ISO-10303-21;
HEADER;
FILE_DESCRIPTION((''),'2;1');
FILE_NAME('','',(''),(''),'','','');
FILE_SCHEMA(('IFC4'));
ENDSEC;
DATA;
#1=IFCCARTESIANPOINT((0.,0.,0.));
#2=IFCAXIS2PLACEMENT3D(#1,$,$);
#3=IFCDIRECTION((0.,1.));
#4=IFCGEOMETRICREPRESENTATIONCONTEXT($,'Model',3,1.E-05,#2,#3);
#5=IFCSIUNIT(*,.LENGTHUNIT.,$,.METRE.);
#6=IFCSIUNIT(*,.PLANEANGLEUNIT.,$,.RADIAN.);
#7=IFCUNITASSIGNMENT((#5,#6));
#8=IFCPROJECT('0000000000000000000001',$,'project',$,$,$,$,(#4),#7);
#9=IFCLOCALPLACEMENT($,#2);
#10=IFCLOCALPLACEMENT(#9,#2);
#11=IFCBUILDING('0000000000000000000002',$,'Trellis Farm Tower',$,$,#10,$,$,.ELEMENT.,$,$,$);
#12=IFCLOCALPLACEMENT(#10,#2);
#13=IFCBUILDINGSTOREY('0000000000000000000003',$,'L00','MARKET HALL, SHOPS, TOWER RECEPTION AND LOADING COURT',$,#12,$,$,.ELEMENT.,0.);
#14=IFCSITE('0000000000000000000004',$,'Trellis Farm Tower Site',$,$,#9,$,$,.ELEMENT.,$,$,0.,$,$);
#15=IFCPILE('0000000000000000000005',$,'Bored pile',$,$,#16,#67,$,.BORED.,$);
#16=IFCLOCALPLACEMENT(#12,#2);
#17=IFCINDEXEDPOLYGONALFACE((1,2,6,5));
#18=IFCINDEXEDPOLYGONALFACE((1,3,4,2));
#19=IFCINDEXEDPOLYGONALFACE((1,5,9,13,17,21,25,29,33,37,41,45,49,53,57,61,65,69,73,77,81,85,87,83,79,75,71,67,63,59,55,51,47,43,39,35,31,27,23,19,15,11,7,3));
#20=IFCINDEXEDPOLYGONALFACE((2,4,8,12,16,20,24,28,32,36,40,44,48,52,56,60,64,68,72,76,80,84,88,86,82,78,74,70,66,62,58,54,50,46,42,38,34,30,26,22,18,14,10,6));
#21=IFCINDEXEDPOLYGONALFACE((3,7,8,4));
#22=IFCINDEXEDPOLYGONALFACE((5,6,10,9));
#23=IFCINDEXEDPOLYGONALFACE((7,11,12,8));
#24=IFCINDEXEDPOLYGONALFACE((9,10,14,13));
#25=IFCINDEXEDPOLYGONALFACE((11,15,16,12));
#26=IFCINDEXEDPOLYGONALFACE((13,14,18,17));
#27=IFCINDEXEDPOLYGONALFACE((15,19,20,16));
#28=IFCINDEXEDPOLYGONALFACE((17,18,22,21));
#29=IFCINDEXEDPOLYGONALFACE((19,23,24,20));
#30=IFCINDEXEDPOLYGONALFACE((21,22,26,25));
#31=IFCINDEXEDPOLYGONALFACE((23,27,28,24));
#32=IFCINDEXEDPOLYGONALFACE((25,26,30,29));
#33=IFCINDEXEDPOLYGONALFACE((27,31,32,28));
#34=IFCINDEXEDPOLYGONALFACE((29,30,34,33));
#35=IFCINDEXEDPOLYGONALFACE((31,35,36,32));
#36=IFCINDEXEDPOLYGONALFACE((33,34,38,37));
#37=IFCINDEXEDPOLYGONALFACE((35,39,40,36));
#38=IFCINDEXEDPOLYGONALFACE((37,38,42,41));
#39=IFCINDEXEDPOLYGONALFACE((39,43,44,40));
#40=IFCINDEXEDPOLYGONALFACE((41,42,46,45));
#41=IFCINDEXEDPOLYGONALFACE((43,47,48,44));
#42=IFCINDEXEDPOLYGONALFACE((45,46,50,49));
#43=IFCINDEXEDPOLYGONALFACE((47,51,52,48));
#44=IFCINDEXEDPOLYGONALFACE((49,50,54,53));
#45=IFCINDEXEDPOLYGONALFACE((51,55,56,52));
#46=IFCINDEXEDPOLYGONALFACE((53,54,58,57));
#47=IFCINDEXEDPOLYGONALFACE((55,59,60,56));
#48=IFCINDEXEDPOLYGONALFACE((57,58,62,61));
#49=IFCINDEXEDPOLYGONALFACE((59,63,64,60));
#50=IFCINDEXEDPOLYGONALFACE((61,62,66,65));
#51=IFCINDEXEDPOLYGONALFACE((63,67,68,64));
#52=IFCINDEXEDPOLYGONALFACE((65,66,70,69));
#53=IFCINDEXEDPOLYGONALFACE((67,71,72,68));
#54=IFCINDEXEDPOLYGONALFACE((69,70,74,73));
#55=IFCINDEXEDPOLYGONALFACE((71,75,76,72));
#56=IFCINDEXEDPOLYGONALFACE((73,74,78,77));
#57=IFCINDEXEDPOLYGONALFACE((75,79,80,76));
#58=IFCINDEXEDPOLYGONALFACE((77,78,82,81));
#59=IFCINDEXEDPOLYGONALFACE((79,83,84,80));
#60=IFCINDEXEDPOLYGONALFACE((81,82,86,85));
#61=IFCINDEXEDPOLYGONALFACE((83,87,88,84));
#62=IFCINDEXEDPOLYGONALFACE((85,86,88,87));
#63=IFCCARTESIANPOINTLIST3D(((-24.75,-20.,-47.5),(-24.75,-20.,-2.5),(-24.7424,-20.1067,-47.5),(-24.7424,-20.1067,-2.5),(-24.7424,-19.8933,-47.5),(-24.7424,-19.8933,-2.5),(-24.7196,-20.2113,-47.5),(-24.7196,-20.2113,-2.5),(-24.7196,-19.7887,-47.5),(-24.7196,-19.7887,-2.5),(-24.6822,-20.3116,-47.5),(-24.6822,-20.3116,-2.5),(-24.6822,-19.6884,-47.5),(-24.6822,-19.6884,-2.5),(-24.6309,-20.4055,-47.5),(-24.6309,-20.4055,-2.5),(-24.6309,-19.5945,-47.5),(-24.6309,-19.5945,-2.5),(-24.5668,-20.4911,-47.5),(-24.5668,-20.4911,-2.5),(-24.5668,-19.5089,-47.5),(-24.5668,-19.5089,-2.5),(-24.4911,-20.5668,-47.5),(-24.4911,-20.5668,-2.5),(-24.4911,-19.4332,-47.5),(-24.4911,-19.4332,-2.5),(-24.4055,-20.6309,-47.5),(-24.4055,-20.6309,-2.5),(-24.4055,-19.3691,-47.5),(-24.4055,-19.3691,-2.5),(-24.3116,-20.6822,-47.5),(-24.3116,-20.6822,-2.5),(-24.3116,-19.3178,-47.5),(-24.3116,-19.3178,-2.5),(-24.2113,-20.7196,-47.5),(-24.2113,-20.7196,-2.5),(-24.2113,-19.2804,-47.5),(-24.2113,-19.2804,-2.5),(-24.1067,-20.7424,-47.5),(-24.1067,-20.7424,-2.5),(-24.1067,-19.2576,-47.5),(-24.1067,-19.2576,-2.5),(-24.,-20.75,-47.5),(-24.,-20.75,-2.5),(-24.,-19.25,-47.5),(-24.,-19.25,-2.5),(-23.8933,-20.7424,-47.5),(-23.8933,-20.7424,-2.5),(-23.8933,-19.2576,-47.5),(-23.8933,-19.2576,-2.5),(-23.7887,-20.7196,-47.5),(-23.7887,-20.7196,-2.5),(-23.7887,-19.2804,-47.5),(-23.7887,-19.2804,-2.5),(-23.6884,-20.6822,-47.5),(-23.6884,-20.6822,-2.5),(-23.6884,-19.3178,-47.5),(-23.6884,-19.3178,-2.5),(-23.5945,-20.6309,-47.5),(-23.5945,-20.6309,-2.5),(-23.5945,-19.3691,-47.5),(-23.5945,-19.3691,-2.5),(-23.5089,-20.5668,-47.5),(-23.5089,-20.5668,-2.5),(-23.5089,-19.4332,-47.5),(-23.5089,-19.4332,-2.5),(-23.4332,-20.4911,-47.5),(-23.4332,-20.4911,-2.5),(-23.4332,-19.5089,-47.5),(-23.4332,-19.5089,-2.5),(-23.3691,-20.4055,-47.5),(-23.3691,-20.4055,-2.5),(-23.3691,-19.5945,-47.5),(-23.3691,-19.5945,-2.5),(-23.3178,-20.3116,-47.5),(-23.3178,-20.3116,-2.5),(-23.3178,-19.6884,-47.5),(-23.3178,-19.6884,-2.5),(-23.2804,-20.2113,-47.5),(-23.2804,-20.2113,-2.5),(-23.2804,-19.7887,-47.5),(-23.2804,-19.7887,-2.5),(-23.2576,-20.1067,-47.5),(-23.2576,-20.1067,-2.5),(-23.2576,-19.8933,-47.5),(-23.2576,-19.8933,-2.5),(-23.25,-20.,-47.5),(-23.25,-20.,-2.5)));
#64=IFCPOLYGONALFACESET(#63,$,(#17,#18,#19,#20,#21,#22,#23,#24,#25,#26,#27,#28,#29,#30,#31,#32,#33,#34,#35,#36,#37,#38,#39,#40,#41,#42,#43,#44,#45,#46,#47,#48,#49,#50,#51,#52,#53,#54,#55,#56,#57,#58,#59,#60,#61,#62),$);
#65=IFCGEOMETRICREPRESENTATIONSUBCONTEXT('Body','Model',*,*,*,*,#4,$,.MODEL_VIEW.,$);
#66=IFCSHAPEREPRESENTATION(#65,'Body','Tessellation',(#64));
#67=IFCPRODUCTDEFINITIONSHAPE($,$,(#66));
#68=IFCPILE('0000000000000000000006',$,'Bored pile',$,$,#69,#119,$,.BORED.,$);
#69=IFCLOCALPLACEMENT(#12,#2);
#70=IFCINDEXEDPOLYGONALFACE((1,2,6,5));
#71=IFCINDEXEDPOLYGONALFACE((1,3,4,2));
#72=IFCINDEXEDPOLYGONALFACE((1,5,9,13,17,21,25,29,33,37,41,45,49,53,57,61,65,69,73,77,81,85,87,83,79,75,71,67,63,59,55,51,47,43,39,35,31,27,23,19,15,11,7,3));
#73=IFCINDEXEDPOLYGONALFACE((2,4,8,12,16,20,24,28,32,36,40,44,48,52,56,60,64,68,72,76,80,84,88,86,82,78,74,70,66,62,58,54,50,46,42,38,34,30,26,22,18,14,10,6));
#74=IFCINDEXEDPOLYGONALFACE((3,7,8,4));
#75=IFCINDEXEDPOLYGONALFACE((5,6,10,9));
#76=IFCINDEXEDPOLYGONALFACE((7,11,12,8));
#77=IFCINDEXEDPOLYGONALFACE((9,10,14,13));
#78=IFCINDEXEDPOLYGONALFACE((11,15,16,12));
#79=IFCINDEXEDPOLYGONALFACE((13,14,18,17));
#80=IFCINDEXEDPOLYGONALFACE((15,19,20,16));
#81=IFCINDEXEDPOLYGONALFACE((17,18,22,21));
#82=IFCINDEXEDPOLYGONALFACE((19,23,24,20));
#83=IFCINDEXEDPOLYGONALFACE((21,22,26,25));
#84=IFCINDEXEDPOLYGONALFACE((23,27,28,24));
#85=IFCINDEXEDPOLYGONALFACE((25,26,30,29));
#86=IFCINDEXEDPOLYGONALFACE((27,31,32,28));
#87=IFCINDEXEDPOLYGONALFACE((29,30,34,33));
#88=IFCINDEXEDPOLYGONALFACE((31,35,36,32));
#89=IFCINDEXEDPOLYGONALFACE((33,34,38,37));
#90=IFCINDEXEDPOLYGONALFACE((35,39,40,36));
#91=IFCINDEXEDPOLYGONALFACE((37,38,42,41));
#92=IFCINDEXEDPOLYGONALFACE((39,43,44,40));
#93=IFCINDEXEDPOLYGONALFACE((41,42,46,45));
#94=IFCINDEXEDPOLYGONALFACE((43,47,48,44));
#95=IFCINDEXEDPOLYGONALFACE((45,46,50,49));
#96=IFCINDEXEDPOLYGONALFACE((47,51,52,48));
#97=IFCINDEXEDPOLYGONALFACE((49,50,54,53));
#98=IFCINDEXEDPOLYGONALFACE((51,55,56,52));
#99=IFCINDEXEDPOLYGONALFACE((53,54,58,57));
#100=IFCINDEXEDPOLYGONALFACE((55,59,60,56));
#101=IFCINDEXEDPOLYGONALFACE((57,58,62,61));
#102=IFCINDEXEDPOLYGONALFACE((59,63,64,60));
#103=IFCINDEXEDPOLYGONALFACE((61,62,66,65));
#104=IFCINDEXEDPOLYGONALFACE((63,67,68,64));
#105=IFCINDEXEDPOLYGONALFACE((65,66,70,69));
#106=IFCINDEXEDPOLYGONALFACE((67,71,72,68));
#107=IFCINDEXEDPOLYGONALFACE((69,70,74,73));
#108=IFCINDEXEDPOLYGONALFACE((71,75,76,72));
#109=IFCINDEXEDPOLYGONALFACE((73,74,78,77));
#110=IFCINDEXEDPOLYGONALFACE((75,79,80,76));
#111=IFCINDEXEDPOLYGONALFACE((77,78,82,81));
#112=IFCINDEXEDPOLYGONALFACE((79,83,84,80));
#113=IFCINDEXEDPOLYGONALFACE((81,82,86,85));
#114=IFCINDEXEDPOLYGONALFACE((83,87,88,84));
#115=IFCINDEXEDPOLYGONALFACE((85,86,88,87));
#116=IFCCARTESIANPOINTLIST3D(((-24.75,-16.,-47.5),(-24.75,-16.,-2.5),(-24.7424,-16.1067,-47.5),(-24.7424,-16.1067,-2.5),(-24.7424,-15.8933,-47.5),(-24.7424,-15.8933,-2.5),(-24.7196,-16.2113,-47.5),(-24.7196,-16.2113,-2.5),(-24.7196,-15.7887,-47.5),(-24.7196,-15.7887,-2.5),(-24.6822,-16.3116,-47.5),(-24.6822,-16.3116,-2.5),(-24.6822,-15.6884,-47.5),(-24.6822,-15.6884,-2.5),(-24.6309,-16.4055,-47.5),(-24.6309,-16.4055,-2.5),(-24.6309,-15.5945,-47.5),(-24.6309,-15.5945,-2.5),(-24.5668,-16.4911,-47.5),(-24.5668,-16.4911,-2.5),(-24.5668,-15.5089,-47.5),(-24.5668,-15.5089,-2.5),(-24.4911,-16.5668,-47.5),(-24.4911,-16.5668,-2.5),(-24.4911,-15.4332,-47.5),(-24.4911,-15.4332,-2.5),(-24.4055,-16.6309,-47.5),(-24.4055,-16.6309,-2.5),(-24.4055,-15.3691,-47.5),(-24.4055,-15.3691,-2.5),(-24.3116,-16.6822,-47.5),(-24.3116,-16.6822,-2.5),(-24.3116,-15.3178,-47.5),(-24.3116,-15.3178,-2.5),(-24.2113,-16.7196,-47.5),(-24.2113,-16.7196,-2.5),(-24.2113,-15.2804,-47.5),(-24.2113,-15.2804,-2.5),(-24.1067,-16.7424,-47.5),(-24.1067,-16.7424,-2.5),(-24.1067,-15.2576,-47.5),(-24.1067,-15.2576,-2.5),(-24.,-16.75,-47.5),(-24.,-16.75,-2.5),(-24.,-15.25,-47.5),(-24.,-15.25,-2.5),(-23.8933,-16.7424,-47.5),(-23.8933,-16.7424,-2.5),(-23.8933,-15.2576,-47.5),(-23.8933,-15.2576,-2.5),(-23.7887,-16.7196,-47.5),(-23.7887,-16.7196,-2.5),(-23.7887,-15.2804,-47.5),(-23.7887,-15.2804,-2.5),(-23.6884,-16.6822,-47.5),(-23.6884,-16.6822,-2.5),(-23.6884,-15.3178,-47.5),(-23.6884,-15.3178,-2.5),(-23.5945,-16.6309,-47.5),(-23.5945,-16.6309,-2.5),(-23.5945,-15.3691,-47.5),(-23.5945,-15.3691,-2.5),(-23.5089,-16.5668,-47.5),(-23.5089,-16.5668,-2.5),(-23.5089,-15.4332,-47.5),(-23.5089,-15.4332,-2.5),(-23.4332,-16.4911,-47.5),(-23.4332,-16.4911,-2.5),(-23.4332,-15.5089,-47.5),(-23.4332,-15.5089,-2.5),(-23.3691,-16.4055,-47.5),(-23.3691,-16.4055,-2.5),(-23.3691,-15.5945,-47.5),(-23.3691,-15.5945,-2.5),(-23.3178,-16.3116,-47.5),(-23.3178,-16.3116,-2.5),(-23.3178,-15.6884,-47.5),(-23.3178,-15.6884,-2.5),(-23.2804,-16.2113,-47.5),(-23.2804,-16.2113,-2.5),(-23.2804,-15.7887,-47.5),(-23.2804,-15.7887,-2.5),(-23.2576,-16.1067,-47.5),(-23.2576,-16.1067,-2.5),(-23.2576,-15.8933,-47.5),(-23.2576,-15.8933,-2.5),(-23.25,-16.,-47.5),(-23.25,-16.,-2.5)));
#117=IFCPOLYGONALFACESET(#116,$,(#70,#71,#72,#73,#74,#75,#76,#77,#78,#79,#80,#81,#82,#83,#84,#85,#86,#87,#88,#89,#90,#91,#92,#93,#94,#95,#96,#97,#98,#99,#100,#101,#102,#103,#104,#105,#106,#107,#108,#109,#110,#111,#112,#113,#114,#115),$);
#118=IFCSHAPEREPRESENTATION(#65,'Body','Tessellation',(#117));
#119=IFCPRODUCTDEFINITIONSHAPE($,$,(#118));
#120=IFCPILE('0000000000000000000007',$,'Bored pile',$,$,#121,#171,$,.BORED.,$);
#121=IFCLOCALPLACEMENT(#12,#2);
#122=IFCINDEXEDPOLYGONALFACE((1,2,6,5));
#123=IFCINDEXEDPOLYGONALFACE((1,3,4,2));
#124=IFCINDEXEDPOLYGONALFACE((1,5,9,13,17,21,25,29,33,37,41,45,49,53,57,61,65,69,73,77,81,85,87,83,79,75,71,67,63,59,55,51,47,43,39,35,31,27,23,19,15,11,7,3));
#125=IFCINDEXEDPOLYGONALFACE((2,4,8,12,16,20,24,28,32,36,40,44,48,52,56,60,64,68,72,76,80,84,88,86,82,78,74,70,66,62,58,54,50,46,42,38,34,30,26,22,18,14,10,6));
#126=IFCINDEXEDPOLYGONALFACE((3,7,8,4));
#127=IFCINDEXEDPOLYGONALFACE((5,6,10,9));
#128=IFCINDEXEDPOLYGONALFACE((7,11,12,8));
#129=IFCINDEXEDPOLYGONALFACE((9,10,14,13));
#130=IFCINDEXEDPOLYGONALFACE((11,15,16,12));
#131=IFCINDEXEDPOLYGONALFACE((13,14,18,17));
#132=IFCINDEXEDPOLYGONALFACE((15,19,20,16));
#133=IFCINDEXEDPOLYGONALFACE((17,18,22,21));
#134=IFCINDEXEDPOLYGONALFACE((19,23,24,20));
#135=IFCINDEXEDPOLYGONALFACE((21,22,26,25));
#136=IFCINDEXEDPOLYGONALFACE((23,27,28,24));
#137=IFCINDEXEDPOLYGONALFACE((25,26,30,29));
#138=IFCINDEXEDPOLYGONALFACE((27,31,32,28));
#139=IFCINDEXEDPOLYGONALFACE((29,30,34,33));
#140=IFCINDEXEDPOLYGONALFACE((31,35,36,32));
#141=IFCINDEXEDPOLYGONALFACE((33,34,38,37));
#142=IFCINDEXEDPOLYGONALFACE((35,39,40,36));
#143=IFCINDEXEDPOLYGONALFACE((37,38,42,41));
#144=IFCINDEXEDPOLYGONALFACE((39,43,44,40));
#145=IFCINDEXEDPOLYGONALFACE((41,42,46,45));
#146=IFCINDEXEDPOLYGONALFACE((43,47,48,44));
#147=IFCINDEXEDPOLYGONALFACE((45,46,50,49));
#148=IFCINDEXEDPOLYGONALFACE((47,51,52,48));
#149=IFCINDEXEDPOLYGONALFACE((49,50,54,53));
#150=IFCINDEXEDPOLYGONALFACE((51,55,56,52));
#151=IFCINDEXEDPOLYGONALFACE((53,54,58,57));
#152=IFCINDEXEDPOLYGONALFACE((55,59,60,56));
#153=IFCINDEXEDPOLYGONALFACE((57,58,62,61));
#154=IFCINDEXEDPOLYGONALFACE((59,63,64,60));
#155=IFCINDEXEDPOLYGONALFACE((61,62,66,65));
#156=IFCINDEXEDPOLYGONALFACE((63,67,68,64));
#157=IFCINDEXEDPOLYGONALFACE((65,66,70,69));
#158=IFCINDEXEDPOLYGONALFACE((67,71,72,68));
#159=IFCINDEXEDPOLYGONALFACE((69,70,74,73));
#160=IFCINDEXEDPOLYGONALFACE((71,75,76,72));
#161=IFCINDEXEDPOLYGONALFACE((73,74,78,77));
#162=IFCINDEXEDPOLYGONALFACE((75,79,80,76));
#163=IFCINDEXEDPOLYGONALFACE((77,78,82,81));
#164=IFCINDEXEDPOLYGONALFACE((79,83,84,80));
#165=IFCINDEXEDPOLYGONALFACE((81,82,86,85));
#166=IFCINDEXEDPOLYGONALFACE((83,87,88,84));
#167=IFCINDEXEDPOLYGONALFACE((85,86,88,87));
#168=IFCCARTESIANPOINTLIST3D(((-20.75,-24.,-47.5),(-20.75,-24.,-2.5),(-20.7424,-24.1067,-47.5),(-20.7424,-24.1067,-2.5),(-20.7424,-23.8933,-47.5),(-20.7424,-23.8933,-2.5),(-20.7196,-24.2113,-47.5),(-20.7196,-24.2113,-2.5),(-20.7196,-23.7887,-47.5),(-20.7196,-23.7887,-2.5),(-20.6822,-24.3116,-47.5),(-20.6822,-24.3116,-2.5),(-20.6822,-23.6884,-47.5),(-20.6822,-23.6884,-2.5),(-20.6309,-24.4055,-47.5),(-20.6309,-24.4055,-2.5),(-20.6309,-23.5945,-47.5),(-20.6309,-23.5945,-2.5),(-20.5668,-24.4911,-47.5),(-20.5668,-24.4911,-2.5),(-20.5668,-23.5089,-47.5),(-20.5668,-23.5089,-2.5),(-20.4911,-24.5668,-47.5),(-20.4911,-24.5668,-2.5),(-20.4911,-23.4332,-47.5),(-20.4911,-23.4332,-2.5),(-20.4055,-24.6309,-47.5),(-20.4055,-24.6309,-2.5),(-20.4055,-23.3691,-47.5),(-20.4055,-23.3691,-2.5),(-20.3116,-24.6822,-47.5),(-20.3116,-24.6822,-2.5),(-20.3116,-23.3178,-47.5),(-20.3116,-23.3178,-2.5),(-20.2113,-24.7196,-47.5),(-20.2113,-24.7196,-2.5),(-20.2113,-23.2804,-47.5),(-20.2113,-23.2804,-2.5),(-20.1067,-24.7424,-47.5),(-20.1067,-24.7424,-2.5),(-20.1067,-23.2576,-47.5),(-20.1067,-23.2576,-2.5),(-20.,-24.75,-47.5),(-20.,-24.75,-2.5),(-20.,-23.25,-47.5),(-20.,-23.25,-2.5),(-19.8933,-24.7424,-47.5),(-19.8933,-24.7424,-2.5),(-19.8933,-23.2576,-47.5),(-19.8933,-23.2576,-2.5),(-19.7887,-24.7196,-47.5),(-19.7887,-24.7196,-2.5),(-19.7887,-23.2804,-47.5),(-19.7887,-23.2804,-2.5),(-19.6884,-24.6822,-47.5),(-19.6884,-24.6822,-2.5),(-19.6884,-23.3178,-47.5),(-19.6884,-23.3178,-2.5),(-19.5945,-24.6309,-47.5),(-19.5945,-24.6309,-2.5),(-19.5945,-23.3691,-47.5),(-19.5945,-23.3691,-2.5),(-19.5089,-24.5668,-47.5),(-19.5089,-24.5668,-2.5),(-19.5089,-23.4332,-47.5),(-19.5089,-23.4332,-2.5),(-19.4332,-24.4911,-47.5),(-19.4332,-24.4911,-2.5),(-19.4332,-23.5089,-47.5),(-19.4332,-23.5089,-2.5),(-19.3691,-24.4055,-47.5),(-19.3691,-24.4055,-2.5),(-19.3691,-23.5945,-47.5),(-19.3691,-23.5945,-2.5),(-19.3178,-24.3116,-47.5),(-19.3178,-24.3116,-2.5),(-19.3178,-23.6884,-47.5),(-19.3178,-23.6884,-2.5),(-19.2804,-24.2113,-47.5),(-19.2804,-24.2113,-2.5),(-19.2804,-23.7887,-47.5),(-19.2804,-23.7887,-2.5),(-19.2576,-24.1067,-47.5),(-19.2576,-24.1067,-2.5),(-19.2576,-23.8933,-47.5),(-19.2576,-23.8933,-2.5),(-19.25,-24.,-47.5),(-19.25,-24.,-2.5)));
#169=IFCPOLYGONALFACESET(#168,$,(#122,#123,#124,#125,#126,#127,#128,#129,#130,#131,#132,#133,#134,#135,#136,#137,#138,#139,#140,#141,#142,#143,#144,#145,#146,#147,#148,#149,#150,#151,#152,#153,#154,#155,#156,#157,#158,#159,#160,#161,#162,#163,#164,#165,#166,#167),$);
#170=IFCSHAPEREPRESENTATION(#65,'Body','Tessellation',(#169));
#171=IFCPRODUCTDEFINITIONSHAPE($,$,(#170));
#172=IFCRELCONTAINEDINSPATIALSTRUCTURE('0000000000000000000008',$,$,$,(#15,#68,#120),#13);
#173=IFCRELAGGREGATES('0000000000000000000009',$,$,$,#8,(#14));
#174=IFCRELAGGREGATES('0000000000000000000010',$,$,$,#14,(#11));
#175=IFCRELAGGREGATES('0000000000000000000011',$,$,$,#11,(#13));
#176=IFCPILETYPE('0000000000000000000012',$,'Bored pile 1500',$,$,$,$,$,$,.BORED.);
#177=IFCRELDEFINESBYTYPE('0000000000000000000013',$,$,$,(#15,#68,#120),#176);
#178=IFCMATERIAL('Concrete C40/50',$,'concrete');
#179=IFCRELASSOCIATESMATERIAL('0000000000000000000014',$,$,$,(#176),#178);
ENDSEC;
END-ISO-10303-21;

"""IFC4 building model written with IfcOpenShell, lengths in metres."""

from ifc_helpers import new_model, si_unit, direction, frame, origin, origin_2d, place, context, subcontext, project, spatial, circle, extrude, source, transform, mapped, material, material_profile, profile_set, type_object, element, save


model = new_model("IFC4")

# Units and contexts
model_context = context("Model", 3, precision=1e-05, world=origin(), true_north=direction((0.0, 1.0)))
body_context = subcontext(model_context, "Body", "Model", "MODEL_VIEW")
ifc_project = project(units=[si_unit("LENGTHUNIT", "METRE"), si_unit("PLANEANGLEUNIT", "RADIAN")], contexts=[model_context])

# Site, building, storey
site_placement = place(None, origin())
site = spatial("IfcSite", under=ifc_project, at=site_placement, Name="Trellis Farm Tower Site", CompositionType="ELEMENT", RefElevation=0.0)
building_placement = place(site_placement, origin())
building = spatial("IfcBuilding", under=site, at=building_placement, Name="Trellis Farm Tower", CompositionType="ELEMENT")
storey_placement = place(building_placement, origin())
storey = spatial("IfcBuildingStorey", under=building, at=storey_placement, Name="L00", Description="MARKET HALL, SHOPS, TOWER RECEPTION AND LOADING COURT", CompositionType="ELEMENT", Elevation=0.0)

# Piles
ifc_material_1 = material(Name="Concrete C40/50", Category="concrete")
ifc_material_profile_1 = material_profile(ifc_material_1, circle(Radius=0.75, at=origin_2d()), Name="Bored pile 1500")
ifc_profile_set_1 = profile_set([ifc_material_profile_1], Name="Concrete C40/50")
pile_type = type_object("IfcPileType", Name="Bored pile 1500", PredefinedType="BORED", material=ifc_profile_set_1)
shared_shape_1 = source(origin(), body_context, "Body", "SweptSolid", [
    extrude(circle(Radius=0.75, at=origin_2d()), origin(), (0.0, 0.0, 1.0), 45.0),
])
for number, where, z_axis, x_axis, name in (
    (1, (-24.0, -20.0, -2.5), (0.0, 0.0, -1.0), (1.0, 0.0, 0.0), "Bored pile"),
    (2, (-24.0, -16.0, -2.5), (0.0, 0.0, -1.0), (1.0, 0.0, 0.0), "Bored pile"),
    (3, (-20.0, -24.0, -2.5), (0.0, 0.0, -1.0), (1.0, 0.0, 0.0), "Bored pile"),
):
    element("IfcPile", number, at=place(storey_placement, frame(where, z_axis=z_axis, x_axis=x_axis)), inside=storey, type_object=pile_type, Name=name, PredefinedType="BORED", context=body_context, shape_type="MappedRepresentation", body=[
        mapped(shared_shape_1, transform((0.0, 0.0, 0.0))),
    ])

save(model, "model.ifc")
